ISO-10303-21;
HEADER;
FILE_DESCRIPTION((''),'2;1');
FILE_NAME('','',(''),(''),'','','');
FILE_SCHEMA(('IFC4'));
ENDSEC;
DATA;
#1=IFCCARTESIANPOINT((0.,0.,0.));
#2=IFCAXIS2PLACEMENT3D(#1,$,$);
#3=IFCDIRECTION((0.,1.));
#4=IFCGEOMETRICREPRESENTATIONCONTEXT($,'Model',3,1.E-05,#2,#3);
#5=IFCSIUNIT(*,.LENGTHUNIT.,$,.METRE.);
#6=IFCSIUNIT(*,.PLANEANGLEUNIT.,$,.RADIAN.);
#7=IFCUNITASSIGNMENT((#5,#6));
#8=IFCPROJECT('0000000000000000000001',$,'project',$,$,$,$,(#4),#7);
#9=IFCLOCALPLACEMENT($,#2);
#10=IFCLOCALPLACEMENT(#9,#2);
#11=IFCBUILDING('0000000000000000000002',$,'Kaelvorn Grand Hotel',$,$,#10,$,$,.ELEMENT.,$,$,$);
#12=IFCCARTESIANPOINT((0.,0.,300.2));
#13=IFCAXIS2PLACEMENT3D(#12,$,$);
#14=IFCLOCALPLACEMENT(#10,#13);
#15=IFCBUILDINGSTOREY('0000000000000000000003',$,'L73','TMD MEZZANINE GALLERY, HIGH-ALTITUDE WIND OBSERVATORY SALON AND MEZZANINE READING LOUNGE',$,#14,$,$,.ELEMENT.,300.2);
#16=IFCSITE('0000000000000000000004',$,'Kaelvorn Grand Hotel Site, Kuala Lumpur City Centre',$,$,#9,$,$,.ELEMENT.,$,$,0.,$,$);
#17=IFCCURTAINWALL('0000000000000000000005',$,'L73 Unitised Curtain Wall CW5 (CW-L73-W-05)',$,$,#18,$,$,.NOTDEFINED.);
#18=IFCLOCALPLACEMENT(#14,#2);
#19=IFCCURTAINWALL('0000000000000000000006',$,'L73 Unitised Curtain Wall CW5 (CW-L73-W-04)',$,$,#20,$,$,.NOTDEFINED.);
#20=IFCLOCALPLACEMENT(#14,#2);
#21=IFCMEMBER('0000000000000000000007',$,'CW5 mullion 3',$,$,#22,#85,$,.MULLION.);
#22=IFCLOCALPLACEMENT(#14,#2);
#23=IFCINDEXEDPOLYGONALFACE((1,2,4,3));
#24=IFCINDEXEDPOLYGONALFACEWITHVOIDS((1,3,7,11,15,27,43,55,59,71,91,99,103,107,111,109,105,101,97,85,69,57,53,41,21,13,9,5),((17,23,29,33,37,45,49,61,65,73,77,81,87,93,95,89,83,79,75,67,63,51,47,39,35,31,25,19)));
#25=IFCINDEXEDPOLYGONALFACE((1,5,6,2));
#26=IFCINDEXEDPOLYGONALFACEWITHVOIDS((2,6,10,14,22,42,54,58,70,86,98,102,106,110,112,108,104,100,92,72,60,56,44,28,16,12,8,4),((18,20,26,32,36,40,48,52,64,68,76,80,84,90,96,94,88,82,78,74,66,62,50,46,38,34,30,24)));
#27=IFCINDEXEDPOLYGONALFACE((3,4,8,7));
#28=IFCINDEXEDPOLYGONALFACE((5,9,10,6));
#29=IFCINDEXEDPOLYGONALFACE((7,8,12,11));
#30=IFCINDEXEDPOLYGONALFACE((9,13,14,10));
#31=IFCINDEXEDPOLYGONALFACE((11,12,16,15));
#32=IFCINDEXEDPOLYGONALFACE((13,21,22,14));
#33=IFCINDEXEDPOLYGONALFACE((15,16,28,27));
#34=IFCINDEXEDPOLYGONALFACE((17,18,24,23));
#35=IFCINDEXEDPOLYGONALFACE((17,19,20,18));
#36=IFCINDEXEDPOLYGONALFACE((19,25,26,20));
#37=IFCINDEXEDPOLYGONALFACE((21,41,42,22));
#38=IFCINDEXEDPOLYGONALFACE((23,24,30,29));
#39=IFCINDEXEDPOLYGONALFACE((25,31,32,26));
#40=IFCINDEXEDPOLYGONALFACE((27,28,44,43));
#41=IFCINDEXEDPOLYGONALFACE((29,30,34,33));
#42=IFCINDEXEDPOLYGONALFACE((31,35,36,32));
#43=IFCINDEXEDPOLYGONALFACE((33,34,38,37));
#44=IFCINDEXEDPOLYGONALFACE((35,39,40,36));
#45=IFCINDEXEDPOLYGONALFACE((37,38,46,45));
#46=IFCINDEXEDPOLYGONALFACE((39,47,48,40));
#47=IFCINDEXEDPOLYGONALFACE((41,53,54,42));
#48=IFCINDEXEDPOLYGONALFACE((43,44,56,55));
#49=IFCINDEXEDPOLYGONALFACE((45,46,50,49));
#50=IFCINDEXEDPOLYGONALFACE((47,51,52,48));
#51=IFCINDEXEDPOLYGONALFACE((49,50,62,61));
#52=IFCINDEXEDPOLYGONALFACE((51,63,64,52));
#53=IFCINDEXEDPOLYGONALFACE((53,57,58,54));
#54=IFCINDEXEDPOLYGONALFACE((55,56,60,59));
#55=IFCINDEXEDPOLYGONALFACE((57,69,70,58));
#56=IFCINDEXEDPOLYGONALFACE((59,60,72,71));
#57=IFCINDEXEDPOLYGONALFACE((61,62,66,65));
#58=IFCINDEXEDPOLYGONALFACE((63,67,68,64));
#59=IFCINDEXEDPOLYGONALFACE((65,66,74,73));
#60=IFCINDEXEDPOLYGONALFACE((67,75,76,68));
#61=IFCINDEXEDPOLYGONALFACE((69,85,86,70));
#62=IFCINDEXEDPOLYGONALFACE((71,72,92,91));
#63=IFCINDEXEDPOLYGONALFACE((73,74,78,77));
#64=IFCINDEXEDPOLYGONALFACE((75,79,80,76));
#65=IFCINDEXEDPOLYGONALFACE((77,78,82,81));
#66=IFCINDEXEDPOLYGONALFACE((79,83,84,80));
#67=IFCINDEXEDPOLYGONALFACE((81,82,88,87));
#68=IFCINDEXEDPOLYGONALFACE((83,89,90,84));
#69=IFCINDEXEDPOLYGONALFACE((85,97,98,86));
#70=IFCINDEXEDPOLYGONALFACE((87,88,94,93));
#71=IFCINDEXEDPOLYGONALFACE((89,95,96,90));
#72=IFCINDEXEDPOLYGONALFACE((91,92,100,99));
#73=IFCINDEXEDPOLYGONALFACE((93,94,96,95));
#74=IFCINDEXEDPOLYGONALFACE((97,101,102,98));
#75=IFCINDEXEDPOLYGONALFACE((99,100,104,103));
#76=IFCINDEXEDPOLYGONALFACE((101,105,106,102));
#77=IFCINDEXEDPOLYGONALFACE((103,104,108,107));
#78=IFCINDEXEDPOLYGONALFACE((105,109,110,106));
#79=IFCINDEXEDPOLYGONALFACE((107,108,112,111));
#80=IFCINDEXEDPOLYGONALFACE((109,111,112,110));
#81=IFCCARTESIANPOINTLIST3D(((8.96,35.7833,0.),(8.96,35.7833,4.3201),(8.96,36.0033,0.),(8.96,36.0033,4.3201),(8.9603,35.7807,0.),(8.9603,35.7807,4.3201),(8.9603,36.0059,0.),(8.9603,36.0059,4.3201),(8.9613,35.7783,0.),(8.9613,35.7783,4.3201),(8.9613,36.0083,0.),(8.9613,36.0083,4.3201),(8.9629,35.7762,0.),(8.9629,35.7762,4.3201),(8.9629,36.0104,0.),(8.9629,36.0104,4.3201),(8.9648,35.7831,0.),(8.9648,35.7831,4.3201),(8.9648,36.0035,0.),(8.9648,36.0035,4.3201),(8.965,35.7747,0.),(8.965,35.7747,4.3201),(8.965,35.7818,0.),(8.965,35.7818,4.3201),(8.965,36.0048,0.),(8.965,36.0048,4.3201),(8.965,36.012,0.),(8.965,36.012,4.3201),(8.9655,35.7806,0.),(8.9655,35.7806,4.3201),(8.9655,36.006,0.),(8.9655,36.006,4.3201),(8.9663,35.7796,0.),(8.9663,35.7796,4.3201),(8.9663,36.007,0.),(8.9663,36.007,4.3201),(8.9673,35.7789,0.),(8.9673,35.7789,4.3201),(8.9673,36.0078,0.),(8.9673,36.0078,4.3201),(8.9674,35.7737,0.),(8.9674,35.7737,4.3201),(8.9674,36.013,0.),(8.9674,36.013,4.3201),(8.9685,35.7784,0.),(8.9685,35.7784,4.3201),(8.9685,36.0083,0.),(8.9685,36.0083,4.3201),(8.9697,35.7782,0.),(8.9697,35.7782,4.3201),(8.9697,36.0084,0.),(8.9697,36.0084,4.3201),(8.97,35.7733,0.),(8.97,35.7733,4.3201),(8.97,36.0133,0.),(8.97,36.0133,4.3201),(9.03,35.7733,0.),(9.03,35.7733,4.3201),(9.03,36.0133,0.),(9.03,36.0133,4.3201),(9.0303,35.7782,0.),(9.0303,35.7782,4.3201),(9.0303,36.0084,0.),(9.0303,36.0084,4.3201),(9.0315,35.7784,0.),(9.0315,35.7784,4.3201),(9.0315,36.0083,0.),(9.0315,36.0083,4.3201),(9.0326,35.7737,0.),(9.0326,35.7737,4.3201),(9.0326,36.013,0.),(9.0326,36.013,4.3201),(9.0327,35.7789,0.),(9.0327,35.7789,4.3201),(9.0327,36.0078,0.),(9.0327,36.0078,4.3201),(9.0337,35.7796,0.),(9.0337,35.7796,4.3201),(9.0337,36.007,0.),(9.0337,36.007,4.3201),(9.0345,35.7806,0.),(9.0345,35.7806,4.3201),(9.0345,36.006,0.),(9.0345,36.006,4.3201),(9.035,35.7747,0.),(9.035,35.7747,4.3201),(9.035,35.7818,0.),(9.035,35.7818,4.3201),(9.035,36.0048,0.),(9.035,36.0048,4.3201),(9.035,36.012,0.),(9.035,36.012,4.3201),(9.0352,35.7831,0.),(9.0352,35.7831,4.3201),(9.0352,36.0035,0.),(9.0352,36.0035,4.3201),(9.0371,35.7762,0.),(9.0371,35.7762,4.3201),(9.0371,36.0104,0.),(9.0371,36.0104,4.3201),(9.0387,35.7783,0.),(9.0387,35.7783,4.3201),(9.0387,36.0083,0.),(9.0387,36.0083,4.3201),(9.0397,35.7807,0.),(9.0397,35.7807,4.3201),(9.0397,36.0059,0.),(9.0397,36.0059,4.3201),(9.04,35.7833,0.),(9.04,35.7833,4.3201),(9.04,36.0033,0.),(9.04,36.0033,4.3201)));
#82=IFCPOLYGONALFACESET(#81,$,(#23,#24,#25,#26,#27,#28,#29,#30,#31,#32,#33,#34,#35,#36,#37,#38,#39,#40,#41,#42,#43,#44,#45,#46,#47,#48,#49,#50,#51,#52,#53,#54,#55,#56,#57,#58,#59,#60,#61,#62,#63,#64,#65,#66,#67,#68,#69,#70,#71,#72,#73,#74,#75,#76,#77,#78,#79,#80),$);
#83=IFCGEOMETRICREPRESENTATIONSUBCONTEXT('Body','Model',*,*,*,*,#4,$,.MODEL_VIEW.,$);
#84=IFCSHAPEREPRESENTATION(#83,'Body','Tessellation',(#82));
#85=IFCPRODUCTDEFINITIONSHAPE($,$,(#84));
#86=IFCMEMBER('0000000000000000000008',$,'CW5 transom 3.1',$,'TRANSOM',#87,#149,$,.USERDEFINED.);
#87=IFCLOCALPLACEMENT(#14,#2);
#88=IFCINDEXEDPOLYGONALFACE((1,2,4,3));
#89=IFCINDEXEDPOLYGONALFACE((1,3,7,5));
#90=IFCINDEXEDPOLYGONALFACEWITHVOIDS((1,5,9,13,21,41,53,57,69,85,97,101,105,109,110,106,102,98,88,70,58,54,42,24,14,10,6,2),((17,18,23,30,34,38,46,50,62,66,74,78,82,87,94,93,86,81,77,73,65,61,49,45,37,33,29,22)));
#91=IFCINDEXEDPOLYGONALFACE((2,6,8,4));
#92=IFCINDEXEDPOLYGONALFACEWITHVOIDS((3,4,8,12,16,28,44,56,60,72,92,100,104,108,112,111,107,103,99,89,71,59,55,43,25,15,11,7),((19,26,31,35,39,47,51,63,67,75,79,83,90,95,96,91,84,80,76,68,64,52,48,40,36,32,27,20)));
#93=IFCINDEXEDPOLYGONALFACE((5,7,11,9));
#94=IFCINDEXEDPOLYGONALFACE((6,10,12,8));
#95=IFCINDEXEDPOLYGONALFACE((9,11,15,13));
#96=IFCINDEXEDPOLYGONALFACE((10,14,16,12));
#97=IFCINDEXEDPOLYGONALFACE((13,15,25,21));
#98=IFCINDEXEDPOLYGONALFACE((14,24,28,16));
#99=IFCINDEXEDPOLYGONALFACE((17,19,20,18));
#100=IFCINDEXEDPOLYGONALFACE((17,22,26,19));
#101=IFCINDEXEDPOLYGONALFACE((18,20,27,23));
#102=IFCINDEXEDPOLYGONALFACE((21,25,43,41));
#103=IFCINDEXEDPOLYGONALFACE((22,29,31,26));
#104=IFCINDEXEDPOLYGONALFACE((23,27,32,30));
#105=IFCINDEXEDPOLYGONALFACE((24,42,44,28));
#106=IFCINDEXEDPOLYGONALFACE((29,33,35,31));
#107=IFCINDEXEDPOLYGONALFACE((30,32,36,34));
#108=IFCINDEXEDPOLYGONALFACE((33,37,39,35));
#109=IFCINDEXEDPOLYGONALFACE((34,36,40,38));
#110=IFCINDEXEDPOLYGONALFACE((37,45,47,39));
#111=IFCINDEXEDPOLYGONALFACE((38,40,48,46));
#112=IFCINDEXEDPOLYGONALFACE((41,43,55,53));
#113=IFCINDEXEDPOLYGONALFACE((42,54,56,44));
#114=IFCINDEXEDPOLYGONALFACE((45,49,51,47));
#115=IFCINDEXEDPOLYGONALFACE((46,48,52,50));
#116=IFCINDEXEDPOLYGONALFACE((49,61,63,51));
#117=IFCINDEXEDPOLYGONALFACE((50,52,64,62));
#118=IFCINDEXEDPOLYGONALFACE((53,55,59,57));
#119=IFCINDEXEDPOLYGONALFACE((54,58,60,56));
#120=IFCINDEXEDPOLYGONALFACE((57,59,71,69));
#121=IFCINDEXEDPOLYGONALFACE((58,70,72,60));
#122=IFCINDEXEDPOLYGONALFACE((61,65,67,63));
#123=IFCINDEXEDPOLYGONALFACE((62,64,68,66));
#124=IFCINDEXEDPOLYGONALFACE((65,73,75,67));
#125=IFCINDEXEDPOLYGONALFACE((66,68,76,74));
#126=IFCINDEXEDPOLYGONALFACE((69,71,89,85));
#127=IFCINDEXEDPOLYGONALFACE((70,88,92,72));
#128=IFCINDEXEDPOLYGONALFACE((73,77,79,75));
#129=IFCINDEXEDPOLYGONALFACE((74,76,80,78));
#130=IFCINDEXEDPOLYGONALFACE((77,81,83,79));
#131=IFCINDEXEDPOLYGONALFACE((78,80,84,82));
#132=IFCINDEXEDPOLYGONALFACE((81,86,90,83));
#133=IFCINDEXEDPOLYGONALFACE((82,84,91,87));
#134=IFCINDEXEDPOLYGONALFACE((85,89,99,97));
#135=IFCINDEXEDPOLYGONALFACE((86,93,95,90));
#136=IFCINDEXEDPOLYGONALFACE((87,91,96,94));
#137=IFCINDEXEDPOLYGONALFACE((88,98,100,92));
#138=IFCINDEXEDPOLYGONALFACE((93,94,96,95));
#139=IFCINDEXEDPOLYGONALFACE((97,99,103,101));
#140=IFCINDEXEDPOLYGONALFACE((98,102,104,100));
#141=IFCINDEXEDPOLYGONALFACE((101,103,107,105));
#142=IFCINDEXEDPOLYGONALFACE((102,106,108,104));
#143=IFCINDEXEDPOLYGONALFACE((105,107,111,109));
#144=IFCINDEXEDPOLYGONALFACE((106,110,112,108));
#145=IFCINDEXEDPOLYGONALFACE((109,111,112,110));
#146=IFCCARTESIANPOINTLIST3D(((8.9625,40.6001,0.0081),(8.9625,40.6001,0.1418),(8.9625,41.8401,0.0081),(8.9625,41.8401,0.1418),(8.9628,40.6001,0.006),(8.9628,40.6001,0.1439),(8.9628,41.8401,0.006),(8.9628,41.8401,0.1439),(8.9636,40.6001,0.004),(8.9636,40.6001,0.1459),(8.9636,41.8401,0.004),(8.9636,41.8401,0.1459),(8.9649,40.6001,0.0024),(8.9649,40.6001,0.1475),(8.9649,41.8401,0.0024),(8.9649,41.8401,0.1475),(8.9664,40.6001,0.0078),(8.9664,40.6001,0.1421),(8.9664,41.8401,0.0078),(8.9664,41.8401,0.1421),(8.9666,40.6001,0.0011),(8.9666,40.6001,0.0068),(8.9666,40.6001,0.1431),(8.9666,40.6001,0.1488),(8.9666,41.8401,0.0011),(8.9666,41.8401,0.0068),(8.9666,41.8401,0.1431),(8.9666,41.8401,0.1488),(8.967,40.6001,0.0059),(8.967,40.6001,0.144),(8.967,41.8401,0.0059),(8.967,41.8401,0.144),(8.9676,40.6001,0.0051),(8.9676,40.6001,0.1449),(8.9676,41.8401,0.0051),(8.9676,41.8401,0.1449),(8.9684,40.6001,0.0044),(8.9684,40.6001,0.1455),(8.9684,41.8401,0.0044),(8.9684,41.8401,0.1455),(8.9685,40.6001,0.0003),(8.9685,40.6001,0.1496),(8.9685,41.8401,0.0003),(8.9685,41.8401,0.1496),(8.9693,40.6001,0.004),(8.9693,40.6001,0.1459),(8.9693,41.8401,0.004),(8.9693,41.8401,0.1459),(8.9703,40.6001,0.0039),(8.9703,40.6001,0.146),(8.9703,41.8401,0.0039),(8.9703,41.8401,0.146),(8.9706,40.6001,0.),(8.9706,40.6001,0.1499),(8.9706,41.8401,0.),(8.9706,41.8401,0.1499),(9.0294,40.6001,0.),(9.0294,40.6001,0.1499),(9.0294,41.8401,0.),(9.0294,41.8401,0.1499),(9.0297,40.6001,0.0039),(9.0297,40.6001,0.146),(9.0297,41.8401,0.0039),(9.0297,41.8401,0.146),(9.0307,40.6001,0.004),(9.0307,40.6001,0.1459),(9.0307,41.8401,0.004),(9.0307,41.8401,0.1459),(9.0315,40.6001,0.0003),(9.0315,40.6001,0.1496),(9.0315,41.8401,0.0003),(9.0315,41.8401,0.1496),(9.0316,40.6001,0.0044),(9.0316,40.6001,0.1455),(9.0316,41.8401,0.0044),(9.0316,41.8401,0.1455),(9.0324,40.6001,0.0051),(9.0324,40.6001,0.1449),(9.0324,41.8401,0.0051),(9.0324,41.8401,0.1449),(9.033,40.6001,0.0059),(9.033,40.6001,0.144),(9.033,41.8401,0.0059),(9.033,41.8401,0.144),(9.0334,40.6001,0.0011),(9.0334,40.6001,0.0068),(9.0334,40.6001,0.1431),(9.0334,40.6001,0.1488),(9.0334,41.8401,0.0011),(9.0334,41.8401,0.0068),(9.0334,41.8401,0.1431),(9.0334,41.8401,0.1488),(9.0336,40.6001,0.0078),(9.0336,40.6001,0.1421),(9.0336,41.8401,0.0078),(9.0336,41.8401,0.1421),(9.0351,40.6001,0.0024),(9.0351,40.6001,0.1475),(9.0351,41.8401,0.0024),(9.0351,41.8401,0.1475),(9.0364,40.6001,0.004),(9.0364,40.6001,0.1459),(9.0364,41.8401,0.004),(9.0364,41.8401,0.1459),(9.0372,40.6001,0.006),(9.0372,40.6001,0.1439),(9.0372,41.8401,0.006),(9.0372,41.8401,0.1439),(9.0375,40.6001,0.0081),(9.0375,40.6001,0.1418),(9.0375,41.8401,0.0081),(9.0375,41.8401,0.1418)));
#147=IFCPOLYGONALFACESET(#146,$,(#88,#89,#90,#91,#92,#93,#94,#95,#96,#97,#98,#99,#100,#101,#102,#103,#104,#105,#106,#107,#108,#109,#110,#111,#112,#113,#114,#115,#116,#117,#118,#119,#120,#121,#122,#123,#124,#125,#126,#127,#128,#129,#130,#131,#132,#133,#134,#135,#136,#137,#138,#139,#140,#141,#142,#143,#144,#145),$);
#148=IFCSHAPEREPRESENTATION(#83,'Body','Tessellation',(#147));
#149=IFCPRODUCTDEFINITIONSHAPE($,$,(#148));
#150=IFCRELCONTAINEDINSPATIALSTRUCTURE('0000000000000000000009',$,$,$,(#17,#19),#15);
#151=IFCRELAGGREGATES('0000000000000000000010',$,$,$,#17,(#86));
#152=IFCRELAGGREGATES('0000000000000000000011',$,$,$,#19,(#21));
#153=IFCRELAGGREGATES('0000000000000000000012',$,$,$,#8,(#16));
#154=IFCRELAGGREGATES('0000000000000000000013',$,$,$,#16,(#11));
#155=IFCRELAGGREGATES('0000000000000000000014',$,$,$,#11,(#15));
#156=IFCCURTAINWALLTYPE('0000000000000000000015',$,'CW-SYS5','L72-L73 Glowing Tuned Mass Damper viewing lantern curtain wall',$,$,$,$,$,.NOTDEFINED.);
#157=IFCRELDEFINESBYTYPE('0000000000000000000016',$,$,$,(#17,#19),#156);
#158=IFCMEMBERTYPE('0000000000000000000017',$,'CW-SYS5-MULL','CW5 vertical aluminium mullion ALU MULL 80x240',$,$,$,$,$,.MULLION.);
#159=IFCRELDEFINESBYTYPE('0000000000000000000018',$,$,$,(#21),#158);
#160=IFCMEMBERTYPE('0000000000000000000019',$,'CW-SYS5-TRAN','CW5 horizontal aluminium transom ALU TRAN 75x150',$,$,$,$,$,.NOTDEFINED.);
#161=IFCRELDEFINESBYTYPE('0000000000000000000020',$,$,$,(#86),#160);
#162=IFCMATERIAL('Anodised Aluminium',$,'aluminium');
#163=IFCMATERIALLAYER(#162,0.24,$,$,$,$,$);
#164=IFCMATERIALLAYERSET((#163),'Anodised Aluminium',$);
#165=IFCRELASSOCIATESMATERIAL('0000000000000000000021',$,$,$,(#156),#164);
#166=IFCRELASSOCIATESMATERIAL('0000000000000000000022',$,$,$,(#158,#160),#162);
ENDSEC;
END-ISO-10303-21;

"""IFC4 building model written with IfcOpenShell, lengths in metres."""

from ifc_helpers import new_model, si_unit, direction, frame, origin, origin_2d, place, context, subcontext, project, spatial, hollow_rectangle, extrude, material, layer, layer_set, material_profile, profile_set, type_object, element, aggregate, save


model = new_model("IFC4")

# Units and contexts
model_context = context("Model", 3, precision=1e-05, world=origin(), true_north=direction((0.0, 1.0)))
body_context = subcontext(model_context, "Body", "Model", "MODEL_VIEW")
ifc_project = project(units=[si_unit("LENGTHUNIT", "METRE"), si_unit("PLANEANGLEUNIT", "RADIAN")], contexts=[model_context])

# Site, building, storey
site_placement = place(None, origin())
site = spatial("IfcSite", under=ifc_project, at=site_placement, Name="Kaelvorn Grand Hotel Site, Kuala Lumpur City Centre", CompositionType="ELEMENT", RefElevation=0.0)
building_placement = place(site_placement, origin())
building = spatial("IfcBuilding", under=site, at=building_placement, Name="Kaelvorn Grand Hotel", CompositionType="ELEMENT")
storey_placement = place(building_placement, frame((0.0, 0.0, 300.2)))
storey = spatial("IfcBuildingStorey", under=building, at=storey_placement, Name="L73", Description="TMD MEZZANINE GALLERY, HIGH-ALTITUDE WIND OBSERVATORY SALON AND MEZZANINE READING LOUNGE", CompositionType="ELEMENT", Elevation=300.2)

# Curtain wall
ifc_material_1 = material(Name="Anodised Aluminium", Category="aluminium")
ifc_layer_1 = layer(ifc_material_1, 0.24)
ifc_layer_set_1 = layer_set([ifc_layer_1], Name="Anodised Aluminium")
curtain_wall_type = type_object("IfcCurtainWallType", Name="CW-SYS5", Description="L72-L73 Glowing Tuned Mass Damper viewing lantern curtain wall", PredefinedType="NOTDEFINED", material=ifc_layer_set_1)
curtain_wall_1_placement = place(storey_placement, origin())
curtain_wall_1 = element("IfcCurtainWall", 1, at=curtain_wall_1_placement, inside=storey, type_object=curtain_wall_type, Name="L73 Unitised Curtain Wall CW5 (CW-L73-W-05)", PredefinedType="NOTDEFINED")
ifc_material_profile_1 = material_profile(ifc_material_1, hollow_rectangle(XDim=0.0801, YDim=0.24, WallThickness=0.0049, InnerFilletRadius=0.0049, OuterFilletRadius=0.01, at=origin_2d()), Name="ALU MULL 80x240")
ifc_profile_set_1 = profile_set([ifc_material_profile_1], Name="Anodised Aluminium")
member_type_1 = type_object("IfcMemberType", Name="CW-SYS5-MULL", Description="CW5 vertical aluminium mullion ALU MULL 80x240", PredefinedType="MULLION", material=ifc_profile_set_1)

# Curtain wall, member
curtain_wall_2_placement = place(storey_placement, origin())
curtain_wall_2 = element("IfcCurtainWall", 2, at=curtain_wall_2_placement, inside=storey, type_object=curtain_wall_type, Name="L73 Unitised Curtain Wall CW5 (CW-L73-W-04)", PredefinedType="NOTDEFINED")
member_1_placement = place(storey_placement, frame((9.0, 35.8933, 0.0), z_axis=(0.0, 0.0, 1.0), x_axis=(1.0, 0.0, 0.0)))
member_1 = element("IfcMember", 3, at=member_1_placement, type_object=member_type_1, Name="CW5 mullion 3", PredefinedType="MULLION", context=body_context, shape_type="SweptSolid", body=[
    extrude(hollow_rectangle(XDim=0.0801, YDim=0.24, WallThickness=0.0049, InnerFilletRadius=0.0049, OuterFilletRadius=0.01, at=origin_2d()), origin(), (0.0, 0.0, 1.0), 4.3201),
])

# Member
ifc_material_profile_2 = material_profile(ifc_material_1, hollow_rectangle(XDim=0.075, YDim=0.1499, WallThickness=0.0039, InnerFilletRadius=0.0039, OuterFilletRadius=0.0081, at=origin_2d()), Name="ALU TRAN 75x150")
ifc_profile_set_2 = profile_set([ifc_material_profile_2], Name="Anodised Aluminium")
member_type_2 = type_object("IfcMemberType", Name="CW-SYS5-TRAN", Description="CW5 horizontal aluminium transom ALU TRAN 75x150", PredefinedType="NOTDEFINED", material=ifc_profile_set_2)
member_2_placement = place(storey_placement, frame((9.0, 41.8401, 0.075), z_axis=(0.0, -1.0, 0.0), x_axis=(1.0, 0.0, 0.0)))
member_2 = element("IfcMember", 4, at=member_2_placement, type_object=member_type_2, Name="CW5 transom 3.1", ObjectType="TRANSOM", PredefinedType="USERDEFINED", context=body_context, shape_type="SweptSolid", body=[
    extrude(hollow_rectangle(XDim=0.075, YDim=0.1499, WallThickness=0.0039, InnerFilletRadius=0.0039, OuterFilletRadius=0.0081, at=origin_2d()), origin(), (0.0, 0.0, 1.0), 1.24),
])

aggregate(curtain_wall_1, [member_2])
aggregate(curtain_wall_2, [member_1])

save(model, "model.ifc")
